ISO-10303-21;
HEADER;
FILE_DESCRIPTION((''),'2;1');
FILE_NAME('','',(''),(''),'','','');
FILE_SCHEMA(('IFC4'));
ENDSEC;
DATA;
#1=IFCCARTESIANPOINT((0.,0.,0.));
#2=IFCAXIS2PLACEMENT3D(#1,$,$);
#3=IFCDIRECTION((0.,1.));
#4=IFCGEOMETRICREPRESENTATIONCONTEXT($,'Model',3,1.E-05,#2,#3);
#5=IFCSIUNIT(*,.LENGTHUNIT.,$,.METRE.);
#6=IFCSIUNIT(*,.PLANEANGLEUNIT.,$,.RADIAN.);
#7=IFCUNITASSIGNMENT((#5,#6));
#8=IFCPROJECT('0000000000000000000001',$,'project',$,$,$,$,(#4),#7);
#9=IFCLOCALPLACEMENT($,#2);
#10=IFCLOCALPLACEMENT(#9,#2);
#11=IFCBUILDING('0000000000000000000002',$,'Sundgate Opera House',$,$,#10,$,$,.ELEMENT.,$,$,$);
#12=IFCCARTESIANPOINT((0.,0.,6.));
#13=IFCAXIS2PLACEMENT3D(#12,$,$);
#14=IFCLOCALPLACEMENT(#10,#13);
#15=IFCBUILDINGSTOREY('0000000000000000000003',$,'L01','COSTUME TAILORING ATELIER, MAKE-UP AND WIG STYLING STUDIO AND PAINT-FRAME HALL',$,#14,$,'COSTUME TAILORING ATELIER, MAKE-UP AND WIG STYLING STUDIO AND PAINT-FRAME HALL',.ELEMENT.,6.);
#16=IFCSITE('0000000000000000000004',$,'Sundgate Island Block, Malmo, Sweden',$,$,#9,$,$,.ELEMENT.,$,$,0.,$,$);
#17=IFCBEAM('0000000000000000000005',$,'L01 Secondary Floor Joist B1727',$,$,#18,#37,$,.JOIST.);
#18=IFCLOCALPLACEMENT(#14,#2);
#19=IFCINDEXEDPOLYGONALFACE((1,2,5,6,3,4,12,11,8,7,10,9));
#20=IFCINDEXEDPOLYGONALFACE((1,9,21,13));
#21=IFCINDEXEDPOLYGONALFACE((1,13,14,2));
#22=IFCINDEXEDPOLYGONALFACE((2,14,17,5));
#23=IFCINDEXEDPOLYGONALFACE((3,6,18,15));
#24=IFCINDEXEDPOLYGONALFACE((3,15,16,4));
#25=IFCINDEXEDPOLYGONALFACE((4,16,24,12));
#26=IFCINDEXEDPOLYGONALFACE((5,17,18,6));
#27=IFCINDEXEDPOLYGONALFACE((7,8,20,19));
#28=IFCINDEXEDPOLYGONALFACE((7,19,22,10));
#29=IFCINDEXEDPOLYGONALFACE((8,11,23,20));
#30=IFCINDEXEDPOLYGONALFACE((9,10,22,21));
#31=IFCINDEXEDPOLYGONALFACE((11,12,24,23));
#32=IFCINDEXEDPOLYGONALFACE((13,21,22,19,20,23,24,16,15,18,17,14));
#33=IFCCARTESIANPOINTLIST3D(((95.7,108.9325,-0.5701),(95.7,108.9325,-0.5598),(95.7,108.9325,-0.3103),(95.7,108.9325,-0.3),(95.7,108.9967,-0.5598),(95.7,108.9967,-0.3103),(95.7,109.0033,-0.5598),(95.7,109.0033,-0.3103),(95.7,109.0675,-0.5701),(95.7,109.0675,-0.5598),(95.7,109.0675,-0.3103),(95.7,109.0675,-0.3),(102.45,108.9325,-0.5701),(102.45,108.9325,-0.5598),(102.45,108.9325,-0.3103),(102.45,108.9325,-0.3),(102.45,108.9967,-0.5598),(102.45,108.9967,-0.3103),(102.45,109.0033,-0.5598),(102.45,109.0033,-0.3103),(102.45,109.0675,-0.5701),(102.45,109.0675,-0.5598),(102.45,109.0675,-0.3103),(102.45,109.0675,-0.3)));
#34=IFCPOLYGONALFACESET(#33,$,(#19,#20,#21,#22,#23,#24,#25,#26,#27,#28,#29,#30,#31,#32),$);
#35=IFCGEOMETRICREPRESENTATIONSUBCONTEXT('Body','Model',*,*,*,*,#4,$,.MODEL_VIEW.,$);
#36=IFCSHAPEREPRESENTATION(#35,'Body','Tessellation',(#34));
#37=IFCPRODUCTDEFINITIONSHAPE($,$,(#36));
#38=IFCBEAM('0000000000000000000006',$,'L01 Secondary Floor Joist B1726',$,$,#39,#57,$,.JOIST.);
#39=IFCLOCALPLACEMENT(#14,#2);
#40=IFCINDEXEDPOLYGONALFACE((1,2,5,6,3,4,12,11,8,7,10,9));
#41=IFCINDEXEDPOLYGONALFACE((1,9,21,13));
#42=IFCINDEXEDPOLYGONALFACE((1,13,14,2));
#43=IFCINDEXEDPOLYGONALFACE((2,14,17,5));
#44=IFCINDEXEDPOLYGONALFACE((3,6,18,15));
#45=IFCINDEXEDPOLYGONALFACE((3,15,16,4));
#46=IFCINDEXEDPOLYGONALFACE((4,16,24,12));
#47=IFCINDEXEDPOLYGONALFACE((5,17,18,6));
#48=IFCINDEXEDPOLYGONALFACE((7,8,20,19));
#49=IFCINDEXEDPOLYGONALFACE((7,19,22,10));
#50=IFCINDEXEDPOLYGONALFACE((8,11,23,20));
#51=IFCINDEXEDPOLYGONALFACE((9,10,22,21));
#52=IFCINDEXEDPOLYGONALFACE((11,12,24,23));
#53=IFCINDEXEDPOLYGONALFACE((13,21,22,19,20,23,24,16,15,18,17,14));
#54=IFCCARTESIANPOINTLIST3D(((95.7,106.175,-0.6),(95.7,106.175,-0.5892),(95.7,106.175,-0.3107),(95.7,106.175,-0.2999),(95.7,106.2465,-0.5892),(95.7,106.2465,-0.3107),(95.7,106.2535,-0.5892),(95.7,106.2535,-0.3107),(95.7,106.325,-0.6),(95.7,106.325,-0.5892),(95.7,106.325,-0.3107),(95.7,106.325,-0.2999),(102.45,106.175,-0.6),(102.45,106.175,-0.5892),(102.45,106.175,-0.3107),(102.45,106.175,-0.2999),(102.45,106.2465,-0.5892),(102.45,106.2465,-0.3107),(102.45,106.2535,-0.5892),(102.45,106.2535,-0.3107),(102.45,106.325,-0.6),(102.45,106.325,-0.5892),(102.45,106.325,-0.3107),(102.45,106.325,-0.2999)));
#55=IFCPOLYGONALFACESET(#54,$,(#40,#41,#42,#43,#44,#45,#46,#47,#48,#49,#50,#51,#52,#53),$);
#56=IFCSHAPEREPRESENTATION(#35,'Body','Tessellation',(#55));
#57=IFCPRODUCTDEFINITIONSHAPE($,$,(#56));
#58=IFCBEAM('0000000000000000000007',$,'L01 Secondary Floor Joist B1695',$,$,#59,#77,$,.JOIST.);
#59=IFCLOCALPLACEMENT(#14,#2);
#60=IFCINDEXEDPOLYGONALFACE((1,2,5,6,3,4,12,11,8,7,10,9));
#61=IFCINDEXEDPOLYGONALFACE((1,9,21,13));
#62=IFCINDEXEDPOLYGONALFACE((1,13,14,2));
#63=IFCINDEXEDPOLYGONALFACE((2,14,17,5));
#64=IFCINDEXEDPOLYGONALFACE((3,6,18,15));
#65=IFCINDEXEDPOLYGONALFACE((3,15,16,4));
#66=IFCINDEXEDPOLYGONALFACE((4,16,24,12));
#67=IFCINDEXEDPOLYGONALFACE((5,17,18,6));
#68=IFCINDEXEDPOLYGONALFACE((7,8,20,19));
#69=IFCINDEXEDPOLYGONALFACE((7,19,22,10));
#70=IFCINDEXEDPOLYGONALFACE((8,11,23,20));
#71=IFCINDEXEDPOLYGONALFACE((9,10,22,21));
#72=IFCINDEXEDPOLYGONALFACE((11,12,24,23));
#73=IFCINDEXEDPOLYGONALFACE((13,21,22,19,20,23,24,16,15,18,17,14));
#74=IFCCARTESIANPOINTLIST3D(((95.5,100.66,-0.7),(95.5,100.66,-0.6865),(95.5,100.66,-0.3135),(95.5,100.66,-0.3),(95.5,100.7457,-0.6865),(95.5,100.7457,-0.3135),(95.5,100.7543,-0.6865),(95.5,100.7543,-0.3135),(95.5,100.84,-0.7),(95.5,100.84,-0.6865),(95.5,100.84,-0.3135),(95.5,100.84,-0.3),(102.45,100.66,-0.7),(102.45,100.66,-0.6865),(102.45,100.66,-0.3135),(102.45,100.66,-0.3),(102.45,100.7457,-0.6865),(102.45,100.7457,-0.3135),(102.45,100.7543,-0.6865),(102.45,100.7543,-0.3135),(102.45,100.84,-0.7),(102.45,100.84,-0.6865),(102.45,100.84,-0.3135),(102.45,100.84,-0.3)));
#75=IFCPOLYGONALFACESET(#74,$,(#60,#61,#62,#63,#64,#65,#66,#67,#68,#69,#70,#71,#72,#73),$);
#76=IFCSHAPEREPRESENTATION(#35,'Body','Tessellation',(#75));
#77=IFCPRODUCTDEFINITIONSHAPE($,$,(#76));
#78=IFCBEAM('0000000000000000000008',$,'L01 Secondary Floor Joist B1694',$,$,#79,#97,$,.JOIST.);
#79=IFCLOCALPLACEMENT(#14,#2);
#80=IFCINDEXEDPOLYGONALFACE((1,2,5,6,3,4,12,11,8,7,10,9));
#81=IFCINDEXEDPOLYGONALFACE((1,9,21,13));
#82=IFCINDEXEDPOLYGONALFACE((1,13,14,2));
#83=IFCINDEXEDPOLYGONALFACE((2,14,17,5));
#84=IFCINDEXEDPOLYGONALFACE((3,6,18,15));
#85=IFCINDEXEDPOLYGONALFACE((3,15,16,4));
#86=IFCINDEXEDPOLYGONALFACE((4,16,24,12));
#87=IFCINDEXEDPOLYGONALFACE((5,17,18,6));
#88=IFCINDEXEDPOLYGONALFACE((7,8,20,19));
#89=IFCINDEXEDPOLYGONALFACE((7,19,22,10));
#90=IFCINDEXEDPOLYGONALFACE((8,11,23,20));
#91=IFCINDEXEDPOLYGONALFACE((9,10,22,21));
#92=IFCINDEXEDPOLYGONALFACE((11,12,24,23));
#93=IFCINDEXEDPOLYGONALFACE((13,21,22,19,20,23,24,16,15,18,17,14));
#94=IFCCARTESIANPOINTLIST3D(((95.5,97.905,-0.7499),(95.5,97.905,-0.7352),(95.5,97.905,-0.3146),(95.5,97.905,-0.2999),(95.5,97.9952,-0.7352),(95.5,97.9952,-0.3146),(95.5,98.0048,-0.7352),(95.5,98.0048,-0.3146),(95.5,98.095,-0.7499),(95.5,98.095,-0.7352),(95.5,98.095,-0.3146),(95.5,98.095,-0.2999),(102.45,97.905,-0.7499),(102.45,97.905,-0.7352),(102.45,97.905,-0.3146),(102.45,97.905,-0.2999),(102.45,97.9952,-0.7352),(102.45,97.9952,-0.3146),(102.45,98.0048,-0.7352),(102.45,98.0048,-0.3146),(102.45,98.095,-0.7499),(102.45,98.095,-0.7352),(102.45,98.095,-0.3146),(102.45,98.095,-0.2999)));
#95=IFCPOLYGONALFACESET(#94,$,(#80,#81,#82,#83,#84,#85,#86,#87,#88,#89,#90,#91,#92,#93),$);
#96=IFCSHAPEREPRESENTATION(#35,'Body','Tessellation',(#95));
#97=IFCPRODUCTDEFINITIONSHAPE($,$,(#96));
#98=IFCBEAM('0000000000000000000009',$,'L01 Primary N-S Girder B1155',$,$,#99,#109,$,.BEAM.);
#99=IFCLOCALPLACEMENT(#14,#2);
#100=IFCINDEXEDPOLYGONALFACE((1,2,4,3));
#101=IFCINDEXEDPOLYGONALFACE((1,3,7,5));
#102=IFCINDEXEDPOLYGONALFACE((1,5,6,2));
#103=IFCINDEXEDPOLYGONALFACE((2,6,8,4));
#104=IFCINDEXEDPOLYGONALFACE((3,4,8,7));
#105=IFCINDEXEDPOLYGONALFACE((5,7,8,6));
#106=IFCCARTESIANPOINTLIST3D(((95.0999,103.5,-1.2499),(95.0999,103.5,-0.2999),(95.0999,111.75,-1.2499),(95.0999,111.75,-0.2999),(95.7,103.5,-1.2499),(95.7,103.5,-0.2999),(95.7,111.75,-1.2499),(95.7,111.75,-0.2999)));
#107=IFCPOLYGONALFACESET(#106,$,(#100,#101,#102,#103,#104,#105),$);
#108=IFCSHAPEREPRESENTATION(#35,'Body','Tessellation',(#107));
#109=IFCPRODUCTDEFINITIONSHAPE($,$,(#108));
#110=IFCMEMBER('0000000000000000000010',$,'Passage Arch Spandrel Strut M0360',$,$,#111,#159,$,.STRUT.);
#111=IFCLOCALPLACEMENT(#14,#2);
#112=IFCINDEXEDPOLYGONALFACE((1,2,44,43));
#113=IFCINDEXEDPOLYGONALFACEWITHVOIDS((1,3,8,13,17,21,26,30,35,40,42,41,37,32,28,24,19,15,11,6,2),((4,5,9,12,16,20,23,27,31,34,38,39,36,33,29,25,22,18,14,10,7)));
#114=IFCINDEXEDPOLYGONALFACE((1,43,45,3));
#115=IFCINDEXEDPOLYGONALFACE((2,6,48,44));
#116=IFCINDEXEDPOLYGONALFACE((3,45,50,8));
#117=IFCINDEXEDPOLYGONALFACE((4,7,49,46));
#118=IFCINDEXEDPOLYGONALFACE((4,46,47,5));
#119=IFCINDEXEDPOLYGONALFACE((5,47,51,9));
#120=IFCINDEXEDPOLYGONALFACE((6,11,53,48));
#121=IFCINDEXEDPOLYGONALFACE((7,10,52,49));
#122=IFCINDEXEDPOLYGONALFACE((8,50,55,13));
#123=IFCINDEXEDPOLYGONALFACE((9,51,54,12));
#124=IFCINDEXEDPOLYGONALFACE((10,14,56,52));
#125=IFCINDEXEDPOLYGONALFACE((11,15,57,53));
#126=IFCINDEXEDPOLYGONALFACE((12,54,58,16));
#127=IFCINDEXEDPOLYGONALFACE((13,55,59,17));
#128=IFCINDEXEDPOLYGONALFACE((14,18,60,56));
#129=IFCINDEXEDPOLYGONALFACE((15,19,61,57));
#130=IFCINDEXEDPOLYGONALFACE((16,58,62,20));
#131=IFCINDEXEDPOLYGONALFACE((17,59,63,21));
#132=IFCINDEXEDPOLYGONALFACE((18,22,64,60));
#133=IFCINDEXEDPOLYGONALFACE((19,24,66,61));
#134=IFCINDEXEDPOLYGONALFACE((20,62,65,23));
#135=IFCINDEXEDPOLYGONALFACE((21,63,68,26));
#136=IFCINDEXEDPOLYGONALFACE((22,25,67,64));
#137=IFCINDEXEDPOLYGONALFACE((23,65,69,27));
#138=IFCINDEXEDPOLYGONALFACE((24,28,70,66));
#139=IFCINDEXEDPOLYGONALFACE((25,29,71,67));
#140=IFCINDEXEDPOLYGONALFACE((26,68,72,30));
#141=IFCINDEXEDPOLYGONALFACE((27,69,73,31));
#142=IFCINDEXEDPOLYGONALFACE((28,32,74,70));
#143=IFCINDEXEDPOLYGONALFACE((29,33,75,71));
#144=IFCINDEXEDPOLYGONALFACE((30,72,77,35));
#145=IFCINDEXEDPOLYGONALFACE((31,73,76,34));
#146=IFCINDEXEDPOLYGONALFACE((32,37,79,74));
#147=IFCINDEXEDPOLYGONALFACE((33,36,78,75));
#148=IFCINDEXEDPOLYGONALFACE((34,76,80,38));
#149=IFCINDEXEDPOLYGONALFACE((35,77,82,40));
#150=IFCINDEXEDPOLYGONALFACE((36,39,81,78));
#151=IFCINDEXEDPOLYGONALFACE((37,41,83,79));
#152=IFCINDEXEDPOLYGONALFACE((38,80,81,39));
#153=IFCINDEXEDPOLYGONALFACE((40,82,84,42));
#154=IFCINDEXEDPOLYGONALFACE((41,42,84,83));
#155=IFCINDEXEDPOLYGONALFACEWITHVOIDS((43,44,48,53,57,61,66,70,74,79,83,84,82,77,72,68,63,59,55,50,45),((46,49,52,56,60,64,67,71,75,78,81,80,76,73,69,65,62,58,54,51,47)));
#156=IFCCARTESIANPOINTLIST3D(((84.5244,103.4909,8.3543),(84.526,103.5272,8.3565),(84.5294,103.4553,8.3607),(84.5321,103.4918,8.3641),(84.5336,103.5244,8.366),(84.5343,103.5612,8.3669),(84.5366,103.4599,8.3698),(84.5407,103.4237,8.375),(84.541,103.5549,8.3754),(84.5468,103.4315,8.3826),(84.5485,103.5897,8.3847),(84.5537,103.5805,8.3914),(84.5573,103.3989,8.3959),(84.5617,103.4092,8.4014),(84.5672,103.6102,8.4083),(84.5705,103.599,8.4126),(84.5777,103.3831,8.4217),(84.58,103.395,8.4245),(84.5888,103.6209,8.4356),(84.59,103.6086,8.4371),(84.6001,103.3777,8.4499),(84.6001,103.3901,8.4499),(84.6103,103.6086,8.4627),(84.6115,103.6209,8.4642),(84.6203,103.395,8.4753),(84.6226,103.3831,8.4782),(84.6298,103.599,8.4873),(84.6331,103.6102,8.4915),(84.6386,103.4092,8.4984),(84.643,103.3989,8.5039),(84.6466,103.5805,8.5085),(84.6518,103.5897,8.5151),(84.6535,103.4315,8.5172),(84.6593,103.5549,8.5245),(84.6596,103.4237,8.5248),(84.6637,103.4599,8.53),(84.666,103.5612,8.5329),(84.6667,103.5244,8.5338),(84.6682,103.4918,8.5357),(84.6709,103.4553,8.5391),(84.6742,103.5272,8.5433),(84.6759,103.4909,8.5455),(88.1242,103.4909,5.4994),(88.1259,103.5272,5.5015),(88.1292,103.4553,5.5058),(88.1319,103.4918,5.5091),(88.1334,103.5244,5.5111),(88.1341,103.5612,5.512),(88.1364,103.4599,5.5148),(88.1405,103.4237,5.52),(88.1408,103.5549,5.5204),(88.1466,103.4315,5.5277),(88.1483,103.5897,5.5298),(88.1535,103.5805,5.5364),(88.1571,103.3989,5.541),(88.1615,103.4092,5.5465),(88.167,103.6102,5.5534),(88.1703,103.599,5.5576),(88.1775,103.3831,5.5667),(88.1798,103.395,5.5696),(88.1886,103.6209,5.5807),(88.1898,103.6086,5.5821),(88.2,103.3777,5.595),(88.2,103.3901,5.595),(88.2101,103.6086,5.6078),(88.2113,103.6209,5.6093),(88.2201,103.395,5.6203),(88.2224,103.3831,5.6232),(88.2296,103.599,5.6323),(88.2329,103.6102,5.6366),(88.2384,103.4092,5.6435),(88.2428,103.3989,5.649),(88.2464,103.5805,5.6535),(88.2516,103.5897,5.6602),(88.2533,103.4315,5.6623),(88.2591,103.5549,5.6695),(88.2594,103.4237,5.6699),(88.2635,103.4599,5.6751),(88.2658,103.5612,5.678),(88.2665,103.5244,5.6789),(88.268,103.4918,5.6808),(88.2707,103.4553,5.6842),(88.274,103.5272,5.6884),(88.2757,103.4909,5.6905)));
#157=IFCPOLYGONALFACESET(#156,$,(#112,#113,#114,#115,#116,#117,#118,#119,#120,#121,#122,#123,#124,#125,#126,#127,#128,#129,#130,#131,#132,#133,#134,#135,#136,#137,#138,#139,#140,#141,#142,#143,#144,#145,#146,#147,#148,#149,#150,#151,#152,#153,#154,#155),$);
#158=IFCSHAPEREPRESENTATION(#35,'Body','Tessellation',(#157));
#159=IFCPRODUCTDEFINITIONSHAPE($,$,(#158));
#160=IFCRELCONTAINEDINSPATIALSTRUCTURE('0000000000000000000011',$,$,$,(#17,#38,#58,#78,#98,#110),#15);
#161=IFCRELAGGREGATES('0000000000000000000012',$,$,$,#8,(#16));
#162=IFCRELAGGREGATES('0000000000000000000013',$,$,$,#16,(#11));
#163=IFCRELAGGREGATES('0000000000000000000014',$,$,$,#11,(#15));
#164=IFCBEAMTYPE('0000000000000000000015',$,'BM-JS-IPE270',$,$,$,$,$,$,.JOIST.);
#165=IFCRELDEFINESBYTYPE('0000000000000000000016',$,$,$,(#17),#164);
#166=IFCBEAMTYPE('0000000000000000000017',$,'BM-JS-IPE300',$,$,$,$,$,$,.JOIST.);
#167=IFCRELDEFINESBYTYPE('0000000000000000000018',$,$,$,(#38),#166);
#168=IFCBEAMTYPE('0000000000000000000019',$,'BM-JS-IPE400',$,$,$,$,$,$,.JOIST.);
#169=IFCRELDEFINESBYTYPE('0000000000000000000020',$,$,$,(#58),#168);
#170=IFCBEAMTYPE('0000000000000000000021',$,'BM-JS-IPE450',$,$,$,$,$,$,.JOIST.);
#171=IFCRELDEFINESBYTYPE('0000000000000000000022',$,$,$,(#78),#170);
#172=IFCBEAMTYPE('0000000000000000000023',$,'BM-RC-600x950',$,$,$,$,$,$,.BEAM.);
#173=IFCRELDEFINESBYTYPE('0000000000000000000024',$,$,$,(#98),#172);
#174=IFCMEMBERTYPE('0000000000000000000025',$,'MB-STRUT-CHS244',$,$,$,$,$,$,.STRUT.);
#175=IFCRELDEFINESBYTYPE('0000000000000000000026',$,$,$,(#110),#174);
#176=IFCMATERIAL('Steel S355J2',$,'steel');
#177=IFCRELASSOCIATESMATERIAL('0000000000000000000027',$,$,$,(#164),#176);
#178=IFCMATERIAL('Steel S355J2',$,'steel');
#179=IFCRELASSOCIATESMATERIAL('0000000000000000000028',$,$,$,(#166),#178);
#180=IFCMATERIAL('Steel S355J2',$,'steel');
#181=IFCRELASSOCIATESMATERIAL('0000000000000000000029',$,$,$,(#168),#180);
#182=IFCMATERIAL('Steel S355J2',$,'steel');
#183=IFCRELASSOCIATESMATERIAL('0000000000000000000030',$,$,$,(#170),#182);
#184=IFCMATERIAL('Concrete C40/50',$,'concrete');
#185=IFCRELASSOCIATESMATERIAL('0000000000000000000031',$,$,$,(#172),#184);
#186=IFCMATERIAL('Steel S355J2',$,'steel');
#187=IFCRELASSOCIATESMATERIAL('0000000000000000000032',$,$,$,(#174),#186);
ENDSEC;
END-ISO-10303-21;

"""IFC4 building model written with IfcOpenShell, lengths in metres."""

from ifc_helpers import new_model, si_unit, direction, frame, origin, origin_2d, place, context, subcontext, project, spatial, rectangle, hollow_circle, i_section, extrude, material, material_profile, profile_set, type_object, element, save


model = new_model("IFC4")

# Units and contexts
model_context = context("Model", 3, precision=1e-05, world=origin(), true_north=direction((0.0, 1.0)))
body_context = subcontext(model_context, "Body", "Model", "MODEL_VIEW")
ifc_project = project(units=[si_unit("LENGTHUNIT", "METRE"), si_unit("PLANEANGLEUNIT", "RADIAN")], contexts=[model_context])

# Site, building, storey
site_placement = place(None, origin())
site = spatial("IfcSite", under=ifc_project, at=site_placement, Name="Sundgate Island Block, Malmo, Sweden", CompositionType="ELEMENT", RefElevation=0.0)
building_placement = place(site_placement, origin())
building = spatial("IfcBuilding", under=site, at=building_placement, Name="Sundgate Opera House", CompositionType="ELEMENT")
storey_placement = place(building_placement, frame((0.0, 0.0, 6.0)))
storey = spatial("IfcBuildingStorey", under=building, at=storey_placement, Name="L01", Description="COSTUME TAILORING ATELIER, MAKE-UP AND WIG STYLING STUDIO AND PAINT-FRAME HALL", LongName="COSTUME TAILORING ATELIER, MAKE-UP AND WIG STYLING STUDIO AND PAINT-FRAME HALL", CompositionType="ELEMENT", Elevation=6.0)

# Beams
ifc_material_1 = material(Name="Steel S355J2", Category="steel")
ifc_material_profile_1 = material_profile(ifc_material_1, i_section(OverallWidth=0.135, OverallDepth=0.27, WebThickness=0.0066, FlangeThickness=0.0103, at=origin_2d()), Name="IPE 270")
ifc_profile_set_1 = profile_set([ifc_material_profile_1], Name="Steel S355J2")
beam_type_1 = type_object("IfcBeamType", Name="BM-JS-IPE270", PredefinedType="JOIST", material=ifc_profile_set_1)
beam_1_placement = place(storey_placement, frame((95.7, 109.0, -0.4351), z_axis=(1.0, 0.0, 0.0), x_axis=(0.0, 1.0, 0.0)))
element("IfcBeam", 1, at=beam_1_placement, inside=storey, type_object=beam_type_1, Name="L01 Secondary Floor Joist B1727", PredefinedType="JOIST", context=body_context, shape_type="SweptSolid", body=[
    extrude(i_section(OverallWidth=0.135, OverallDepth=0.27, WebThickness=0.0066, FlangeThickness=0.0103, at=origin_2d()), origin(), (0.0, 0.0, 1.0), 6.75),
])
ifc_material_2 = material(Name="Steel S355J2", Category="steel")
ifc_material_profile_2 = material_profile(ifc_material_2, i_section(OverallWidth=0.1499, OverallDepth=0.3, WebThickness=0.0071, FlangeThickness=0.0107, at=origin_2d()), Name="IPE 300")
ifc_profile_set_2 = profile_set([ifc_material_profile_2], Name="Steel S355J2")
beam_type_2 = type_object("IfcBeamType", Name="BM-JS-IPE300", PredefinedType="JOIST", material=ifc_profile_set_2)
beam_2_placement = place(storey_placement, frame((95.7, 106.25, -0.45), z_axis=(1.0, 0.0, 0.0), x_axis=(0.0, 1.0, 0.0)))
element("IfcBeam", 2, at=beam_2_placement, inside=storey, type_object=beam_type_2, Name="L01 Secondary Floor Joist B1726", PredefinedType="JOIST", context=body_context, shape_type="SweptSolid", body=[
    extrude(i_section(OverallWidth=0.1499, OverallDepth=0.3, WebThickness=0.0071, FlangeThickness=0.0107, at=origin_2d()), origin(), (0.0, 0.0, 1.0), 6.75),
])
ifc_material_3 = material(Name="Steel S355J2", Category="steel")
ifc_material_profile_3 = material_profile(ifc_material_3, i_section(OverallWidth=0.1799, OverallDepth=0.3999, WebThickness=0.0085, FlangeThickness=0.0134, at=origin_2d()), Name="IPE 400")
ifc_profile_set_3 = profile_set([ifc_material_profile_3], Name="Steel S355J2")
beam_type_3 = type_object("IfcBeamType", Name="BM-JS-IPE400", PredefinedType="JOIST", material=ifc_profile_set_3)
beam_3_placement = place(storey_placement, frame((95.5, 100.75, -0.5), z_axis=(1.0, 0.0, 0.0), x_axis=(0.0, 1.0, 0.0)))
element("IfcBeam", 3, at=beam_3_placement, inside=storey, type_object=beam_type_3, Name="L01 Secondary Floor Joist B1695", PredefinedType="JOIST", context=body_context, shape_type="SweptSolid", body=[
    extrude(i_section(OverallWidth=0.1799, OverallDepth=0.3999, WebThickness=0.0085, FlangeThickness=0.0134, at=origin_2d()), origin(), (0.0, 0.0, 1.0), 6.95),
])
ifc_material_4 = material(Name="Steel S355J2", Category="steel")
ifc_material_profile_4 = material_profile(ifc_material_4, i_section(OverallWidth=0.1899, OverallDepth=0.45, WebThickness=0.0095, FlangeThickness=0.0146, at=origin_2d()), Name="IPE 450")
ifc_profile_set_4 = profile_set([ifc_material_profile_4], Name="Steel S355J2")
beam_type_4 = type_object("IfcBeamType", Name="BM-JS-IPE450", PredefinedType="JOIST", material=ifc_profile_set_4)
beam_4_placement = place(storey_placement, frame((95.5, 98.0, -0.5249), z_axis=(1.0, 0.0, 0.0), x_axis=(0.0, 1.0, 0.0)))
element("IfcBeam", 4, at=beam_4_placement, inside=storey, type_object=beam_type_4, Name="L01 Secondary Floor Joist B1694", PredefinedType="JOIST", context=body_context, shape_type="SweptSolid", body=[
    extrude(i_section(OverallWidth=0.1899, OverallDepth=0.45, WebThickness=0.0095, FlangeThickness=0.0146, at=origin_2d()), origin(), (0.0, 0.0, 1.0), 6.95),
])
ifc_material_5 = material(Name="Concrete C40/50", Category="concrete")
ifc_material_profile_5 = material_profile(ifc_material_5, rectangle(XDim=0.6001, YDim=0.95, at=origin_2d()), Name="RC 600x950")
ifc_profile_set_5 = profile_set([ifc_material_profile_5], Name="Concrete C40/50")
beam_type_5 = type_object("IfcBeamType", Name="BM-RC-600x950", PredefinedType="BEAM", material=ifc_profile_set_5)
beam_5_placement = place(storey_placement, frame((95.3999, 103.5, -0.7749), z_axis=(0.0, 1.0, 0.0), x_axis=(-1.0, 0.0, 0.0)))
element("IfcBeam", 5, at=beam_5_placement, inside=storey, type_object=beam_type_5, Name="L01 Primary N-S Girder B1155", PredefinedType="BEAM", context=body_context, shape_type="SweptSolid", body=[
    extrude(rectangle(XDim=0.6001, YDim=0.95, at=origin_2d()), origin(), (0.0, 0.0, 1.0), 8.25),
])

# Member
ifc_material_6 = material(Name="Steel S355J2", Category="steel")
ifc_material_profile_6 = material_profile(ifc_material_6, hollow_circle(Radius=0.1223, WallThickness=0.0125, at=origin_2d()), Name="CHS 244.5x12.5")
ifc_profile_set_6 = profile_set([ifc_material_profile_6], Name="Steel S355J2")
member_type = type_object("IfcMemberType", Name="MB-STRUT-CHS244", PredefinedType="STRUT", material=ifc_profile_set_6)
member_1_placement = place(storey_placement, frame((88.2, 103.5, 5.595), z_axis=(-0.783506, 0.0, 0.621385), x_axis=(0.0, -1.0, 0.0)))
element("IfcMember", 6, at=member_1_placement, inside=storey, type_object=member_type, Name="Passage Arch Spandrel Strut M0360", PredefinedType="STRUT", context=body_context, shape_type="SweptSolid", body=[
    extrude(hollow_circle(Radius=0.1223, WallThickness=0.0125, at=origin_2d()), origin(), (0.0, 0.0, 1.0), 4.5945),
])

save(model, "model.ifc")
